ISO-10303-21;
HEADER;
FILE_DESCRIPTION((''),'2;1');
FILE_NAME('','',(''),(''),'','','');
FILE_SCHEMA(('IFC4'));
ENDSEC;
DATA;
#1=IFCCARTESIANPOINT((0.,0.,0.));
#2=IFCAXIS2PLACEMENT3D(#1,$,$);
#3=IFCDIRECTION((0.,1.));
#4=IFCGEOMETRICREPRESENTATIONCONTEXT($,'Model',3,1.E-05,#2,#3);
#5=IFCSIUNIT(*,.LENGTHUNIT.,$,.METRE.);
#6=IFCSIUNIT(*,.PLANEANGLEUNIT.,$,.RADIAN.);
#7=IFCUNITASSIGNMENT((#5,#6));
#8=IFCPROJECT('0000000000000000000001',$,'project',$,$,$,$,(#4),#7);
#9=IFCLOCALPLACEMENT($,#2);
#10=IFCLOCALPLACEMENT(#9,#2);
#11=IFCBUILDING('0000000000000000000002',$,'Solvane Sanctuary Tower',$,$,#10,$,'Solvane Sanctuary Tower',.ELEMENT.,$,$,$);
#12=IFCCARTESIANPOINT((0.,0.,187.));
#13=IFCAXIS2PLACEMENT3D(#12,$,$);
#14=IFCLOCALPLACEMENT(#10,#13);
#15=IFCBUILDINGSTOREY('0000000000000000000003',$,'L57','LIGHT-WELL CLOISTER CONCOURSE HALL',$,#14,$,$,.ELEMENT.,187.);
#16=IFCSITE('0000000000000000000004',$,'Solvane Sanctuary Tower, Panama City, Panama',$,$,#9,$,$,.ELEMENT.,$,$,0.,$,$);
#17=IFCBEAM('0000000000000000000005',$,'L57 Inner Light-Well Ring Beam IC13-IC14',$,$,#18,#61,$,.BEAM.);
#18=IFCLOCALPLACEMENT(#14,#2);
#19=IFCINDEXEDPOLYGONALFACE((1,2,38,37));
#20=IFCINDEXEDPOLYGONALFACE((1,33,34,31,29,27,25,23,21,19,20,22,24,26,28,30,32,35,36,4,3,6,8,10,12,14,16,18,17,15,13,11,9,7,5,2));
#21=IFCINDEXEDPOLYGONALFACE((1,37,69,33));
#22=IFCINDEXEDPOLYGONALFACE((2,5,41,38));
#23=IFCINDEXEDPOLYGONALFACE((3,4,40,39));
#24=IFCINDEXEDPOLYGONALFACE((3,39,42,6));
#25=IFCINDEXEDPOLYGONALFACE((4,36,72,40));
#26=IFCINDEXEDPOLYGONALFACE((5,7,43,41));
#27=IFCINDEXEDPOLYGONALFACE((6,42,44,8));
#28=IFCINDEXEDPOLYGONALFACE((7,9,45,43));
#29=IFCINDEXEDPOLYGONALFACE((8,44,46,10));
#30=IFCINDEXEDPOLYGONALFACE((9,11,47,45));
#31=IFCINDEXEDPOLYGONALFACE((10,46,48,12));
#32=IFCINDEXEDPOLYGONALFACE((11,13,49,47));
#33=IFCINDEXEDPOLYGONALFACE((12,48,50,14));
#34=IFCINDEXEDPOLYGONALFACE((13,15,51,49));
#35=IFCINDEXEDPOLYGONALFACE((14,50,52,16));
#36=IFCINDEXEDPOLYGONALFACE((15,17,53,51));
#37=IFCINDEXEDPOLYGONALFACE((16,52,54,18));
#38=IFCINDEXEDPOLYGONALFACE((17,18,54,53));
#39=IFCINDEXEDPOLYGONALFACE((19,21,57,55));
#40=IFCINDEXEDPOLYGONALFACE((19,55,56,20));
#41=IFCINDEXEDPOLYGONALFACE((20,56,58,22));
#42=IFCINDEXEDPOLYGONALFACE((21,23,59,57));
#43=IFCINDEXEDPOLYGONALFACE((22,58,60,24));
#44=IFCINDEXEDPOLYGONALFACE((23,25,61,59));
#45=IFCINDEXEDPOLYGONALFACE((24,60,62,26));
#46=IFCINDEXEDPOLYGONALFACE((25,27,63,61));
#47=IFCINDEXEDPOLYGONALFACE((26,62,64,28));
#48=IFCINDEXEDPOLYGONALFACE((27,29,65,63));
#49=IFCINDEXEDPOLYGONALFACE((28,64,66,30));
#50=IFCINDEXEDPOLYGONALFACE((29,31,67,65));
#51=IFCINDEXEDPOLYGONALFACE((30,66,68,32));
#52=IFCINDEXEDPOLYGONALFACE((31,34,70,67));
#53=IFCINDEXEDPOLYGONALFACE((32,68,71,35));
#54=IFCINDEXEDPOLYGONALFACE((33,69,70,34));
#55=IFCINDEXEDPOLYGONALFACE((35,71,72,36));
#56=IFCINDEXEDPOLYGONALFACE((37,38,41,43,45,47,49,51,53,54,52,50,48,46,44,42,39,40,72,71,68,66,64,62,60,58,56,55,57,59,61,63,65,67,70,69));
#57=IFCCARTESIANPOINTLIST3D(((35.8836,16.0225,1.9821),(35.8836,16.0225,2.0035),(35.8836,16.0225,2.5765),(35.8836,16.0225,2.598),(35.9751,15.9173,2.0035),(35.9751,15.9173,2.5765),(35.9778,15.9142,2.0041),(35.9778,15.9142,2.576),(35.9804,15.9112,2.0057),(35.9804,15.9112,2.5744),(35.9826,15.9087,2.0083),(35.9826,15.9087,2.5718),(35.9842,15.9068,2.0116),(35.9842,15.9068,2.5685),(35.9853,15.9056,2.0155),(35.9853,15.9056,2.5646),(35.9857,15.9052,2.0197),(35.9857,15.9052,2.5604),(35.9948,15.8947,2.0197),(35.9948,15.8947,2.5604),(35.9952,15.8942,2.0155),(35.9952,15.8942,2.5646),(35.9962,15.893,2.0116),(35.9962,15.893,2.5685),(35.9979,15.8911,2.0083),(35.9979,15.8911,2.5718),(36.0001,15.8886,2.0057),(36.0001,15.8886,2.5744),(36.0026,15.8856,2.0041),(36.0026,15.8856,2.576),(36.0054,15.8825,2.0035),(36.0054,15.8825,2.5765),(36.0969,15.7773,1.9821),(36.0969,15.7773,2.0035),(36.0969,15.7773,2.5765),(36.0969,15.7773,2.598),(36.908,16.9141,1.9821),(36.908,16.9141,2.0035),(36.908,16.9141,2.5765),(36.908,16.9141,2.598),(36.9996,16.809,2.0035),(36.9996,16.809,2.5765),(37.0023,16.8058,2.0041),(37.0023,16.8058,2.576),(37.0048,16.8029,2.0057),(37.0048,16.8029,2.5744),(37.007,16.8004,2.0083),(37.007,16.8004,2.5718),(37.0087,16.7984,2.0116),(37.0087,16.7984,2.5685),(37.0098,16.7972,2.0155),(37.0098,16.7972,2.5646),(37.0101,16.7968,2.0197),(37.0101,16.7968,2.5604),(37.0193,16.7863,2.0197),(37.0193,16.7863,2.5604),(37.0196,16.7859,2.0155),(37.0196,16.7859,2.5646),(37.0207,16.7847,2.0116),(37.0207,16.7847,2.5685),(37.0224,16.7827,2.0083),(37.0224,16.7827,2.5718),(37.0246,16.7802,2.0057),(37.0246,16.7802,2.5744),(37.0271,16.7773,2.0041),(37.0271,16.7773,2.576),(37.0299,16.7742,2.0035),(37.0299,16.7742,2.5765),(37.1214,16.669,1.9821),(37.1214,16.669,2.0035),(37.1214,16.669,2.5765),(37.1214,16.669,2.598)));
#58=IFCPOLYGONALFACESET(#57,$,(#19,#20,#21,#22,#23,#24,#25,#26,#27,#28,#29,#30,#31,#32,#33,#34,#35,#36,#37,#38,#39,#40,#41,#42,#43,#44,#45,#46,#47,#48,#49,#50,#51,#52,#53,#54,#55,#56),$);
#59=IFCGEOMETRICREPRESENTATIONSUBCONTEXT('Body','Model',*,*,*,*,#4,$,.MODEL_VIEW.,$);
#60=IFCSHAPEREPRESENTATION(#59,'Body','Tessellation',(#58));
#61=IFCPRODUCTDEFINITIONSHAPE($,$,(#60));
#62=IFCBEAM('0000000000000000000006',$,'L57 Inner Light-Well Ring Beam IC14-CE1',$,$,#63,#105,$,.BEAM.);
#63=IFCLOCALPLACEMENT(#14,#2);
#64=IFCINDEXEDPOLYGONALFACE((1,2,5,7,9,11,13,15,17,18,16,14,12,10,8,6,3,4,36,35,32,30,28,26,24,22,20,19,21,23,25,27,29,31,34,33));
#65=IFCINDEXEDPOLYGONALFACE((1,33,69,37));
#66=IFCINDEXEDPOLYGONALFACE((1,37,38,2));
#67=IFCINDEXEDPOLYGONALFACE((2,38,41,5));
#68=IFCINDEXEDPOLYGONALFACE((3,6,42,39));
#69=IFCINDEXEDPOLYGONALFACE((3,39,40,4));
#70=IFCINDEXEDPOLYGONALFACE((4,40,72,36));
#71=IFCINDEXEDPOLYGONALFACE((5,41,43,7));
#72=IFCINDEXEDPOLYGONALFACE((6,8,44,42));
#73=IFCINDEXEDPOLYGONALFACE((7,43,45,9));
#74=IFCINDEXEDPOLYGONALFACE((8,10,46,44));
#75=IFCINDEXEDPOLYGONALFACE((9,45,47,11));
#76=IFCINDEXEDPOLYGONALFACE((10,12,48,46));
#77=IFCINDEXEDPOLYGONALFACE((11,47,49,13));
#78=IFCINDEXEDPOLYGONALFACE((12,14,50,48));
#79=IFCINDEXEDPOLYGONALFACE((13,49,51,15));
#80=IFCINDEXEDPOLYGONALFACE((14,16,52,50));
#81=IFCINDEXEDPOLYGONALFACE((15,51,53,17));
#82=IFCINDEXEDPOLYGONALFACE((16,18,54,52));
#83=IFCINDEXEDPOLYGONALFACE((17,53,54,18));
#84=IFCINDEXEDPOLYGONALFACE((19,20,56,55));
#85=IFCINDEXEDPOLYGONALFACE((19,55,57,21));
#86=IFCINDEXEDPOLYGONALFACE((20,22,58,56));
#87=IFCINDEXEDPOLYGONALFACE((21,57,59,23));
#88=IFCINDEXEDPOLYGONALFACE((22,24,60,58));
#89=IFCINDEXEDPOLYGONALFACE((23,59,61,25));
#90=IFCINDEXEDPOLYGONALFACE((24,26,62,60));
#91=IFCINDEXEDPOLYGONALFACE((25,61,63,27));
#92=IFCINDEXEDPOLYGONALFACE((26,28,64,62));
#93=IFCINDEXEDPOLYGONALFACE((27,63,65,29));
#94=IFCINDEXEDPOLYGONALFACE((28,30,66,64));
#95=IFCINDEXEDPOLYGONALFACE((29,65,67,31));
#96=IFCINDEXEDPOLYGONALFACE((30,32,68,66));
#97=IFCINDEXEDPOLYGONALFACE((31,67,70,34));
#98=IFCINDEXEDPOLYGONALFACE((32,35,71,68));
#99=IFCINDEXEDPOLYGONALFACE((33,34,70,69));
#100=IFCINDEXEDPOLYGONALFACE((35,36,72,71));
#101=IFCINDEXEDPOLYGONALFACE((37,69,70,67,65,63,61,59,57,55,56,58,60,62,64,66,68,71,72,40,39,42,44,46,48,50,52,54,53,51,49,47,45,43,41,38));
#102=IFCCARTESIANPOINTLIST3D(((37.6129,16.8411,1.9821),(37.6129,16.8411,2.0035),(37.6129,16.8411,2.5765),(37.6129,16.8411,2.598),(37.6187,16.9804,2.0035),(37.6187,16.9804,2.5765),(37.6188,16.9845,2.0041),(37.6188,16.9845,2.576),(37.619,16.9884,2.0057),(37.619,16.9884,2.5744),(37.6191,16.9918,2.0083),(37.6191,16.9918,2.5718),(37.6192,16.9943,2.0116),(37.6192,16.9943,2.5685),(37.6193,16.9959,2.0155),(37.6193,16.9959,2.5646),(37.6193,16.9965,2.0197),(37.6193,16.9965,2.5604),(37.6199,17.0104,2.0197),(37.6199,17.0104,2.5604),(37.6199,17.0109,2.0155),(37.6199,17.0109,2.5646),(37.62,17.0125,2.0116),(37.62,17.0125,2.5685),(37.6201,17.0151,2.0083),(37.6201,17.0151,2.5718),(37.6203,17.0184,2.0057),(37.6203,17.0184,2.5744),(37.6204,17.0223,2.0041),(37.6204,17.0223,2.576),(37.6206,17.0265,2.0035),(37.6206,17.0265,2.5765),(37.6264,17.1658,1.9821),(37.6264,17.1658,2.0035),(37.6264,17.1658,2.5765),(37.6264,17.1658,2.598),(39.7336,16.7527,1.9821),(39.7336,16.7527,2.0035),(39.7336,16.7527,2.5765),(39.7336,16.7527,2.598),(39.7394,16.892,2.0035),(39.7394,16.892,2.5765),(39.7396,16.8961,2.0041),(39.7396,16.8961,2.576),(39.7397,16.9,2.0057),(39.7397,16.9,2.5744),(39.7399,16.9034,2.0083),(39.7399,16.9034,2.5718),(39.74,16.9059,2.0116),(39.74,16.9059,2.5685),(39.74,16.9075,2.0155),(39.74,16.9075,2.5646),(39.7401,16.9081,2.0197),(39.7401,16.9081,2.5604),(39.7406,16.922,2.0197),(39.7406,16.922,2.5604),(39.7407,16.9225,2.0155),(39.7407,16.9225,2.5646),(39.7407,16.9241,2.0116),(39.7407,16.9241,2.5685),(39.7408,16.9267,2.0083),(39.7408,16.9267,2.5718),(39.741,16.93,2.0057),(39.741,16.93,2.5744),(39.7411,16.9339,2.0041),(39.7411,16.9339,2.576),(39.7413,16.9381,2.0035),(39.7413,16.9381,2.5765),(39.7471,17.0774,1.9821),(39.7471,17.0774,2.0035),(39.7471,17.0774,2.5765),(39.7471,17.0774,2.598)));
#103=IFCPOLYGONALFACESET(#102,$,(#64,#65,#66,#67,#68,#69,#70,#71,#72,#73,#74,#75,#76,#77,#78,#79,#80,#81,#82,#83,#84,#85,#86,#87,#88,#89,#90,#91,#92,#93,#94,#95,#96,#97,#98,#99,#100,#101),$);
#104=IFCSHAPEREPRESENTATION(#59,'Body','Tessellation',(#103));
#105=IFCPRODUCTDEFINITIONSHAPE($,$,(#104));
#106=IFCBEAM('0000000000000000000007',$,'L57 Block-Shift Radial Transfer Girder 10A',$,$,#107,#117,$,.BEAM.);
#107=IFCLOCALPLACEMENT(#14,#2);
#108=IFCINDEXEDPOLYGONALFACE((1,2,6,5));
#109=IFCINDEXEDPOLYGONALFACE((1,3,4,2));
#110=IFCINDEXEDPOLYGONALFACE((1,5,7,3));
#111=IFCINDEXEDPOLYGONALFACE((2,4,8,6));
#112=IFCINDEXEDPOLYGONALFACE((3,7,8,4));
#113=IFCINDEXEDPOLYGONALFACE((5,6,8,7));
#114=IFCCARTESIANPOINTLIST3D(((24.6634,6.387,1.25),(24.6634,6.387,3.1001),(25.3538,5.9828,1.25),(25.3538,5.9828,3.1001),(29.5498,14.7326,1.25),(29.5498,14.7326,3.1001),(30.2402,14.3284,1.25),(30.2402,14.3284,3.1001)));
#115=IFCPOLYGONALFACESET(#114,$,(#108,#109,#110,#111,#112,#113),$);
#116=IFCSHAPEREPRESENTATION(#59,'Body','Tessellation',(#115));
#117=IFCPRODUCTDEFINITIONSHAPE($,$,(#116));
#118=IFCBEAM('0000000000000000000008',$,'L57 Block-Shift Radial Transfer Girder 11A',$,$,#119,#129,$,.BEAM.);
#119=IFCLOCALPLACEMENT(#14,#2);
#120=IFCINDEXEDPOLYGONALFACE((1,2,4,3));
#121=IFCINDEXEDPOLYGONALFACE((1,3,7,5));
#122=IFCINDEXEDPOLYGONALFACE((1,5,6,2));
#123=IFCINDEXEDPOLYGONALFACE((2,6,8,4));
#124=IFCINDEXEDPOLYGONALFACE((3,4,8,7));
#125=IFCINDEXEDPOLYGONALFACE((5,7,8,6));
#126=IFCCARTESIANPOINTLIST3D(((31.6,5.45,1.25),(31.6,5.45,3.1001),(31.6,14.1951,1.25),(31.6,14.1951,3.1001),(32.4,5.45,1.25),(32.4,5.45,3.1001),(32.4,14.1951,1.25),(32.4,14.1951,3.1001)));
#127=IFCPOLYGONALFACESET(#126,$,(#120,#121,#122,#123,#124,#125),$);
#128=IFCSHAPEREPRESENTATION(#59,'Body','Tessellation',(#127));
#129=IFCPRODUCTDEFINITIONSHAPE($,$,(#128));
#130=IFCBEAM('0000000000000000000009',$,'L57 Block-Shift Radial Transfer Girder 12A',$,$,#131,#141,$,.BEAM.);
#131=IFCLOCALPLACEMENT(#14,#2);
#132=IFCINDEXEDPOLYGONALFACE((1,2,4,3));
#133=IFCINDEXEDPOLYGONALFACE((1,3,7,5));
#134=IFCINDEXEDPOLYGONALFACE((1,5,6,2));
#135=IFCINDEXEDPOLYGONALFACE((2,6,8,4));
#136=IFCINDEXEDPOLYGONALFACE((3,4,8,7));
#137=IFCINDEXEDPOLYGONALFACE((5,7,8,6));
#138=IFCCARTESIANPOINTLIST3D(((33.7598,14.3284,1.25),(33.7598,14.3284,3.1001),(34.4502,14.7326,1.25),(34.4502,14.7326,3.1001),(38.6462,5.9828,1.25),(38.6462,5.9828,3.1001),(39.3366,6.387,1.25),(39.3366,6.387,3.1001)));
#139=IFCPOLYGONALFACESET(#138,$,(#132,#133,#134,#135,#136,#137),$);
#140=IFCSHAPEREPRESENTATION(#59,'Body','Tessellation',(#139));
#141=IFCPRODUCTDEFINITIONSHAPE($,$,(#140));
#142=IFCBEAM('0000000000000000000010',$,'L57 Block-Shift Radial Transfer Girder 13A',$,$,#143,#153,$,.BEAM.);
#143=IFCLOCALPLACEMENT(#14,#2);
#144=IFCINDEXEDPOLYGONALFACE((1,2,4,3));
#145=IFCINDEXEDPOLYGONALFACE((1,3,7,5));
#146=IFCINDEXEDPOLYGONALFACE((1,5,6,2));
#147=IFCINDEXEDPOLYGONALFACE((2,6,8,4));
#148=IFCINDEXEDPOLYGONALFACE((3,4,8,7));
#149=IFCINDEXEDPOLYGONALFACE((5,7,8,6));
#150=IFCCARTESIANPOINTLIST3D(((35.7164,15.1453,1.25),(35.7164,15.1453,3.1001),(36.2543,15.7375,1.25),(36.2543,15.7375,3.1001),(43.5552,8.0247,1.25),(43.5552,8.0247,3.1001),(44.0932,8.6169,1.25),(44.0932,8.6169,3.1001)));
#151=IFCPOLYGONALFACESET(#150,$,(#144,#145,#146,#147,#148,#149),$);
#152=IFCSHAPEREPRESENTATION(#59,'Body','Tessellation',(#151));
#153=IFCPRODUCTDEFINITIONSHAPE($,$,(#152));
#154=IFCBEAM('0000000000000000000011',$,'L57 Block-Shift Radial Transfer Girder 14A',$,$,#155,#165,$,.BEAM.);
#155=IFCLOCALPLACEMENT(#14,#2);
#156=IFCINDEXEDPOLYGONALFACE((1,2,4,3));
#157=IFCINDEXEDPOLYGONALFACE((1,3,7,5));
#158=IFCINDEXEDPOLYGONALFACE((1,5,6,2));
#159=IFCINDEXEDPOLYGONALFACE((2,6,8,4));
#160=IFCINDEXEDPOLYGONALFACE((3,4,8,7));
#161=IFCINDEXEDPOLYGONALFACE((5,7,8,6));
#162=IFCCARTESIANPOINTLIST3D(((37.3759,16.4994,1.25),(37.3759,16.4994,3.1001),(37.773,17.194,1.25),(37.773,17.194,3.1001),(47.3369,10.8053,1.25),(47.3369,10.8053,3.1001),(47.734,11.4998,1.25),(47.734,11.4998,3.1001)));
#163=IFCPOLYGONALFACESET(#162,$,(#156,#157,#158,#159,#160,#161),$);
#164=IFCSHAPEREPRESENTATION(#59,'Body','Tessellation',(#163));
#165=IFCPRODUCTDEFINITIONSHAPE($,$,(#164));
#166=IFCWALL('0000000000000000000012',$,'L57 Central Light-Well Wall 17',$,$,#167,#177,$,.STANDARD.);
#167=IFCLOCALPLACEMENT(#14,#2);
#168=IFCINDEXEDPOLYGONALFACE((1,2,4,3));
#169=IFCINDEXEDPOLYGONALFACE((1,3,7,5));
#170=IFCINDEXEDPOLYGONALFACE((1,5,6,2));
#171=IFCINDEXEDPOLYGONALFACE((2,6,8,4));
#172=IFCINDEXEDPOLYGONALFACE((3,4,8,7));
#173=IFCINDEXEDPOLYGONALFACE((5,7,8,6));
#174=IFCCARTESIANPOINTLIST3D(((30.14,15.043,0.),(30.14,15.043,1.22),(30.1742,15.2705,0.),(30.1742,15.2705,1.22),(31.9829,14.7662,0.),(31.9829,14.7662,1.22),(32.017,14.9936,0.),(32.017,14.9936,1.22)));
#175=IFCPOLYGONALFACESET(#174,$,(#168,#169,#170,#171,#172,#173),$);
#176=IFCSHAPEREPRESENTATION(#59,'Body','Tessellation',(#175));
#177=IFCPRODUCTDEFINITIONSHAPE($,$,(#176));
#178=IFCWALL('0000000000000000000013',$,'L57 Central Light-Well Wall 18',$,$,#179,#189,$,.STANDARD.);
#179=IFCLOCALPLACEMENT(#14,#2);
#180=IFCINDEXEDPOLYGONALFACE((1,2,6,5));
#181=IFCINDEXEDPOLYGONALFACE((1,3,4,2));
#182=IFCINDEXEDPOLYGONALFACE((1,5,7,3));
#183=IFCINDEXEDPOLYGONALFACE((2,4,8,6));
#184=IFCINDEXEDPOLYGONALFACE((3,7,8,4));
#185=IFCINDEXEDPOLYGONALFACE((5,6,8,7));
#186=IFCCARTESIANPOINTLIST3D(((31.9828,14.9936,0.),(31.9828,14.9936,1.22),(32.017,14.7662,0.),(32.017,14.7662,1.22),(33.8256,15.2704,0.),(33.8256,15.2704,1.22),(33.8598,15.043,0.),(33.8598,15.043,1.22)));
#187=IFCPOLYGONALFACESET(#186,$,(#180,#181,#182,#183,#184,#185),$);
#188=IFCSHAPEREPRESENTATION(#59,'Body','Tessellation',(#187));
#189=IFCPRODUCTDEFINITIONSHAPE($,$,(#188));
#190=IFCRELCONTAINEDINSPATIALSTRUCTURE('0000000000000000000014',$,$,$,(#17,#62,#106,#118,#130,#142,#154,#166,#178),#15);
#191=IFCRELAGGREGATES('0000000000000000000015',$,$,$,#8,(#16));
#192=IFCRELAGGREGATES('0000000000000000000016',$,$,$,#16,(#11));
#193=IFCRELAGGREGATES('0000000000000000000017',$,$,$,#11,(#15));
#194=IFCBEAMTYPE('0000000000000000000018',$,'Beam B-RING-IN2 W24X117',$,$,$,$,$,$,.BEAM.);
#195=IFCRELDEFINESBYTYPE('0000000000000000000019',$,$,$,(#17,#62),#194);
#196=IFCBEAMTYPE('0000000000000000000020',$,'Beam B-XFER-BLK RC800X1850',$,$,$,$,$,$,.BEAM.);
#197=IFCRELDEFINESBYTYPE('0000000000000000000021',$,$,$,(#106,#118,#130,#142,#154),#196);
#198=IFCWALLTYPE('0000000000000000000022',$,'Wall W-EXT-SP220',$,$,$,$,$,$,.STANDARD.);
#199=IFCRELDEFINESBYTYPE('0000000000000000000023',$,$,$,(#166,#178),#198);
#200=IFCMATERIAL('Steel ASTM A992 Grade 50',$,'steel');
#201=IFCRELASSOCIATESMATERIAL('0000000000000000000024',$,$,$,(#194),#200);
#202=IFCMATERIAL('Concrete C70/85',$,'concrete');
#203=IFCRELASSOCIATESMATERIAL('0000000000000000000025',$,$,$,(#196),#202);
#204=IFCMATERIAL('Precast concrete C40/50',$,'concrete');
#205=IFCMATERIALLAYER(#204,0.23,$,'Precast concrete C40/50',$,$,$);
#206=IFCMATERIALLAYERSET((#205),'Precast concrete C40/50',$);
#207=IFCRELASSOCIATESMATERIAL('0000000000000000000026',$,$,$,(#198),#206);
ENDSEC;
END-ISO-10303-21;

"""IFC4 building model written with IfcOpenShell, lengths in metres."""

from ifc_helpers import new_model, si_unit, direction, frame, frame_2d, origin, origin_2d, place, context, subcontext, project, spatial, rectangle, i_section, extrude, material, layer, layer_set, material_profile, profile_set, type_object, element, save


model = new_model("IFC4")

# Units and contexts
model_context = context("Model", 3, precision=1e-05, world=origin(), true_north=direction((0.0, 1.0)))
body_context = subcontext(model_context, "Body", "Model", "MODEL_VIEW")
ifc_project = project(units=[si_unit("LENGTHUNIT", "METRE"), si_unit("PLANEANGLEUNIT", "RADIAN")], contexts=[model_context])

# Site, building, storey
site_placement = place(None, origin())
site = spatial("IfcSite", under=ifc_project, at=site_placement, Name="Solvane Sanctuary Tower, Panama City, Panama", CompositionType="ELEMENT", RefElevation=0.0)
building_placement = place(site_placement, origin())
building = spatial("IfcBuilding", under=site, at=building_placement, Name="Solvane Sanctuary Tower", LongName="Solvane Sanctuary Tower", CompositionType="ELEMENT")
storey_placement = place(building_placement, frame((0.0, 0.0, 187.0)))
storey = spatial("IfcBuildingStorey", under=building, at=storey_placement, Name="L57", Description="LIGHT-WELL CLOISTER CONCOURSE HALL", CompositionType="ELEMENT", Elevation=187.0)

# Beams
ifc_material_1 = material(Name="Steel ASTM A992 Grade 50", Category="steel")
ifc_material_profile_1 = material_profile(ifc_material_1, i_section(OverallWidth=0.325, OverallDepth=0.616, WebThickness=0.0139, FlangeThickness=0.0215, FilletRadius=0.0161, at=origin_2d()), Name="W24X117")
ifc_profile_set_1 = profile_set([ifc_material_profile_1], Name="Steel ASTM A992 Grade 50")
beam_type_1 = type_object("IfcBeamType", Name="Beam B-RING-IN2 W24X117", PredefinedType="BEAM", material=ifc_profile_set_1)
beam_1_placement = place(storey_placement, frame((35.9902, 15.8999, 2.29), z_axis=(0.754311, 0.656517, 0.0), x_axis=(-0.656517, 0.754311, 0.0)))
element("IfcBeam", 1, at=beam_1_placement, inside=storey, type_object=beam_type_1, Name="L57 Inner Light-Well Ring Beam IC13-IC14", PredefinedType="BEAM", context=body_context, shape_type="SweptSolid", body=[
    extrude(i_section(OverallWidth=0.325, OverallDepth=0.616, WebThickness=0.0139, FlangeThickness=0.0215, FilletRadius=0.0161, at=origin_2d()), origin(), (0.0, 0.0, 1.0), 1.3582),
])
beam_2_placement = place(storey_placement, frame((37.6196, 17.0034, 2.29), z_axis=(0.999133, -0.04164, 0.0), x_axis=(0.04164, 0.999133, 0.0)))
element("IfcBeam", 2, at=beam_2_placement, inside=storey, type_object=beam_type_1, Name="L57 Inner Light-Well Ring Beam IC14-CE1", PredefinedType="BEAM", context=body_context, shape_type="SweptSolid", body=[
    extrude(i_section(OverallWidth=0.325, OverallDepth=0.616, WebThickness=0.0139, FlangeThickness=0.0215, FilletRadius=0.0161, at=origin_2d()), origin(), (0.0, 0.0, 1.0), 2.1226),
])
ifc_material_2 = material(Name="Concrete C70/85", Category="concrete")
ifc_material_profile_2 = material_profile(ifc_material_2, rectangle(XDim=0.8, YDim=1.8501, at=origin_2d()), Name="RC800X1850")
ifc_profile_set_2 = profile_set([ifc_material_profile_2], Name="Concrete C70/85")
beam_type_2 = type_object("IfcBeamType", Name="Beam B-XFER-BLK RC800X1850", PredefinedType="BEAM", material=ifc_profile_set_2)
beam_3_placement = place(storey_placement, frame((29.895, 14.5305, 2.175), z_axis=(-0.50527, -0.862961, 0.0), x_axis=(0.862961, -0.50527, 0.0)))
element("IfcBeam", 3, at=beam_3_placement, inside=storey, type_object=beam_type_2, Name="L57 Block-Shift Radial Transfer Girder 10A", PredefinedType="BEAM", context=body_context, shape_type="SweptSolid", body=[
    extrude(rectangle(XDim=0.8, YDim=1.8501, at=origin_2d()), origin(), (0.0, 0.0, 1.0), 9.6709),
])
beam_4_placement = place(storey_placement, frame((32.0, 14.1951, 2.175), z_axis=(0.0, -1.0, 0.0), x_axis=(1.0, 0.0, 0.0)))
element("IfcBeam", 4, at=beam_4_placement, inside=storey, type_object=beam_type_2, Name="L57 Block-Shift Radial Transfer Girder 11A", PredefinedType="BEAM", context=body_context, shape_type="SweptSolid", body=[
    extrude(rectangle(XDim=0.8, YDim=1.8501, at=origin_2d()), origin(), (0.0, 0.0, 1.0), 8.7451),
])
beam_5_placement = place(storey_placement, frame((34.105, 14.5305, 2.175), z_axis=(0.50527, -0.862961, 0.0), x_axis=(0.862961, 0.50527, 0.0)))
element("IfcBeam", 5, at=beam_5_placement, inside=storey, type_object=beam_type_2, Name="L57 Block-Shift Radial Transfer Girder 12A", PredefinedType="BEAM", context=body_context, shape_type="SweptSolid", body=[
    extrude(rectangle(XDim=0.8, YDim=1.8501, at=origin_2d()), origin(), (0.0, 0.0, 1.0), 9.6709),
])
beam_6_placement = place(storey_placement, frame((35.9854, 15.4414, 2.175), z_axis=(0.740205, -0.672381, 0.0), x_axis=(0.672381, 0.740205, 0.0)))
element("IfcBeam", 6, at=beam_6_placement, inside=storey, type_object=beam_type_2, Name="L57 Block-Shift Radial Transfer Girder 13A", PredefinedType="BEAM", context=body_context, shape_type="SweptSolid", body=[
    extrude(rectangle(XDim=0.8, YDim=1.8501, at=origin_2d()), origin(), (0.0, 0.0, 1.0), 10.5901),
])
beam_7_placement = place(storey_placement, frame((37.5745, 16.8467, 2.175), z_axis=(0.868163, -0.496279, 0.0), x_axis=(0.496279, 0.868163, 0.0)))
element("IfcBeam", 7, at=beam_7_placement, inside=storey, type_object=beam_type_2, Name="L57 Block-Shift Radial Transfer Girder 14A", PredefinedType="BEAM", context=body_context, shape_type="SweptSolid", body=[
    extrude(rectangle(XDim=0.8, YDim=1.8501, at=origin_2d()), origin(), (0.0, 0.0, 1.0), 11.4736),
])

# Walls
ifc_material_3 = material(Name="Precast concrete C40/50", Category="concrete")
ifc_layer_1 = layer(ifc_material_3, 0.23, Name="Precast concrete C40/50")
ifc_layer_set_1 = layer_set([ifc_layer_1], Name="Precast concrete C40/50")
wall_type_1 = type_object("IfcWallType", Name="Wall W-EXT-SP220", PredefinedType="STANDARD", material=ifc_layer_set_1)
for number, where, z_axis, x_axis, name in (
    (8, (30.1572, 15.1567, 0.0), (0.0, 0.0, 1.0), (0.988902, -0.148571, 0.0), "L57 Central Light-Well Wall 17"),
    (9, (32.0, 14.8799, 0.0), (0.0, 0.0, 1.0), (0.988902, 0.148571, 0.0), "L57 Central Light-Well Wall 18"),
):
    element("IfcWall", number, at=place(storey_placement, frame(where, z_axis=z_axis, x_axis=x_axis)), inside=storey, type_object=wall_type_1, Name=name, PredefinedType="STANDARD", context=body_context, shape_type="SweptSolid", body=[
        extrude(rectangle(XDim=1.8635, YDim=0.23, at=frame_2d((0.9316, 0.0))), origin(), (0.0, 0.0, 1.0), 1.22),
    ])

save(model, "model.ifc")
